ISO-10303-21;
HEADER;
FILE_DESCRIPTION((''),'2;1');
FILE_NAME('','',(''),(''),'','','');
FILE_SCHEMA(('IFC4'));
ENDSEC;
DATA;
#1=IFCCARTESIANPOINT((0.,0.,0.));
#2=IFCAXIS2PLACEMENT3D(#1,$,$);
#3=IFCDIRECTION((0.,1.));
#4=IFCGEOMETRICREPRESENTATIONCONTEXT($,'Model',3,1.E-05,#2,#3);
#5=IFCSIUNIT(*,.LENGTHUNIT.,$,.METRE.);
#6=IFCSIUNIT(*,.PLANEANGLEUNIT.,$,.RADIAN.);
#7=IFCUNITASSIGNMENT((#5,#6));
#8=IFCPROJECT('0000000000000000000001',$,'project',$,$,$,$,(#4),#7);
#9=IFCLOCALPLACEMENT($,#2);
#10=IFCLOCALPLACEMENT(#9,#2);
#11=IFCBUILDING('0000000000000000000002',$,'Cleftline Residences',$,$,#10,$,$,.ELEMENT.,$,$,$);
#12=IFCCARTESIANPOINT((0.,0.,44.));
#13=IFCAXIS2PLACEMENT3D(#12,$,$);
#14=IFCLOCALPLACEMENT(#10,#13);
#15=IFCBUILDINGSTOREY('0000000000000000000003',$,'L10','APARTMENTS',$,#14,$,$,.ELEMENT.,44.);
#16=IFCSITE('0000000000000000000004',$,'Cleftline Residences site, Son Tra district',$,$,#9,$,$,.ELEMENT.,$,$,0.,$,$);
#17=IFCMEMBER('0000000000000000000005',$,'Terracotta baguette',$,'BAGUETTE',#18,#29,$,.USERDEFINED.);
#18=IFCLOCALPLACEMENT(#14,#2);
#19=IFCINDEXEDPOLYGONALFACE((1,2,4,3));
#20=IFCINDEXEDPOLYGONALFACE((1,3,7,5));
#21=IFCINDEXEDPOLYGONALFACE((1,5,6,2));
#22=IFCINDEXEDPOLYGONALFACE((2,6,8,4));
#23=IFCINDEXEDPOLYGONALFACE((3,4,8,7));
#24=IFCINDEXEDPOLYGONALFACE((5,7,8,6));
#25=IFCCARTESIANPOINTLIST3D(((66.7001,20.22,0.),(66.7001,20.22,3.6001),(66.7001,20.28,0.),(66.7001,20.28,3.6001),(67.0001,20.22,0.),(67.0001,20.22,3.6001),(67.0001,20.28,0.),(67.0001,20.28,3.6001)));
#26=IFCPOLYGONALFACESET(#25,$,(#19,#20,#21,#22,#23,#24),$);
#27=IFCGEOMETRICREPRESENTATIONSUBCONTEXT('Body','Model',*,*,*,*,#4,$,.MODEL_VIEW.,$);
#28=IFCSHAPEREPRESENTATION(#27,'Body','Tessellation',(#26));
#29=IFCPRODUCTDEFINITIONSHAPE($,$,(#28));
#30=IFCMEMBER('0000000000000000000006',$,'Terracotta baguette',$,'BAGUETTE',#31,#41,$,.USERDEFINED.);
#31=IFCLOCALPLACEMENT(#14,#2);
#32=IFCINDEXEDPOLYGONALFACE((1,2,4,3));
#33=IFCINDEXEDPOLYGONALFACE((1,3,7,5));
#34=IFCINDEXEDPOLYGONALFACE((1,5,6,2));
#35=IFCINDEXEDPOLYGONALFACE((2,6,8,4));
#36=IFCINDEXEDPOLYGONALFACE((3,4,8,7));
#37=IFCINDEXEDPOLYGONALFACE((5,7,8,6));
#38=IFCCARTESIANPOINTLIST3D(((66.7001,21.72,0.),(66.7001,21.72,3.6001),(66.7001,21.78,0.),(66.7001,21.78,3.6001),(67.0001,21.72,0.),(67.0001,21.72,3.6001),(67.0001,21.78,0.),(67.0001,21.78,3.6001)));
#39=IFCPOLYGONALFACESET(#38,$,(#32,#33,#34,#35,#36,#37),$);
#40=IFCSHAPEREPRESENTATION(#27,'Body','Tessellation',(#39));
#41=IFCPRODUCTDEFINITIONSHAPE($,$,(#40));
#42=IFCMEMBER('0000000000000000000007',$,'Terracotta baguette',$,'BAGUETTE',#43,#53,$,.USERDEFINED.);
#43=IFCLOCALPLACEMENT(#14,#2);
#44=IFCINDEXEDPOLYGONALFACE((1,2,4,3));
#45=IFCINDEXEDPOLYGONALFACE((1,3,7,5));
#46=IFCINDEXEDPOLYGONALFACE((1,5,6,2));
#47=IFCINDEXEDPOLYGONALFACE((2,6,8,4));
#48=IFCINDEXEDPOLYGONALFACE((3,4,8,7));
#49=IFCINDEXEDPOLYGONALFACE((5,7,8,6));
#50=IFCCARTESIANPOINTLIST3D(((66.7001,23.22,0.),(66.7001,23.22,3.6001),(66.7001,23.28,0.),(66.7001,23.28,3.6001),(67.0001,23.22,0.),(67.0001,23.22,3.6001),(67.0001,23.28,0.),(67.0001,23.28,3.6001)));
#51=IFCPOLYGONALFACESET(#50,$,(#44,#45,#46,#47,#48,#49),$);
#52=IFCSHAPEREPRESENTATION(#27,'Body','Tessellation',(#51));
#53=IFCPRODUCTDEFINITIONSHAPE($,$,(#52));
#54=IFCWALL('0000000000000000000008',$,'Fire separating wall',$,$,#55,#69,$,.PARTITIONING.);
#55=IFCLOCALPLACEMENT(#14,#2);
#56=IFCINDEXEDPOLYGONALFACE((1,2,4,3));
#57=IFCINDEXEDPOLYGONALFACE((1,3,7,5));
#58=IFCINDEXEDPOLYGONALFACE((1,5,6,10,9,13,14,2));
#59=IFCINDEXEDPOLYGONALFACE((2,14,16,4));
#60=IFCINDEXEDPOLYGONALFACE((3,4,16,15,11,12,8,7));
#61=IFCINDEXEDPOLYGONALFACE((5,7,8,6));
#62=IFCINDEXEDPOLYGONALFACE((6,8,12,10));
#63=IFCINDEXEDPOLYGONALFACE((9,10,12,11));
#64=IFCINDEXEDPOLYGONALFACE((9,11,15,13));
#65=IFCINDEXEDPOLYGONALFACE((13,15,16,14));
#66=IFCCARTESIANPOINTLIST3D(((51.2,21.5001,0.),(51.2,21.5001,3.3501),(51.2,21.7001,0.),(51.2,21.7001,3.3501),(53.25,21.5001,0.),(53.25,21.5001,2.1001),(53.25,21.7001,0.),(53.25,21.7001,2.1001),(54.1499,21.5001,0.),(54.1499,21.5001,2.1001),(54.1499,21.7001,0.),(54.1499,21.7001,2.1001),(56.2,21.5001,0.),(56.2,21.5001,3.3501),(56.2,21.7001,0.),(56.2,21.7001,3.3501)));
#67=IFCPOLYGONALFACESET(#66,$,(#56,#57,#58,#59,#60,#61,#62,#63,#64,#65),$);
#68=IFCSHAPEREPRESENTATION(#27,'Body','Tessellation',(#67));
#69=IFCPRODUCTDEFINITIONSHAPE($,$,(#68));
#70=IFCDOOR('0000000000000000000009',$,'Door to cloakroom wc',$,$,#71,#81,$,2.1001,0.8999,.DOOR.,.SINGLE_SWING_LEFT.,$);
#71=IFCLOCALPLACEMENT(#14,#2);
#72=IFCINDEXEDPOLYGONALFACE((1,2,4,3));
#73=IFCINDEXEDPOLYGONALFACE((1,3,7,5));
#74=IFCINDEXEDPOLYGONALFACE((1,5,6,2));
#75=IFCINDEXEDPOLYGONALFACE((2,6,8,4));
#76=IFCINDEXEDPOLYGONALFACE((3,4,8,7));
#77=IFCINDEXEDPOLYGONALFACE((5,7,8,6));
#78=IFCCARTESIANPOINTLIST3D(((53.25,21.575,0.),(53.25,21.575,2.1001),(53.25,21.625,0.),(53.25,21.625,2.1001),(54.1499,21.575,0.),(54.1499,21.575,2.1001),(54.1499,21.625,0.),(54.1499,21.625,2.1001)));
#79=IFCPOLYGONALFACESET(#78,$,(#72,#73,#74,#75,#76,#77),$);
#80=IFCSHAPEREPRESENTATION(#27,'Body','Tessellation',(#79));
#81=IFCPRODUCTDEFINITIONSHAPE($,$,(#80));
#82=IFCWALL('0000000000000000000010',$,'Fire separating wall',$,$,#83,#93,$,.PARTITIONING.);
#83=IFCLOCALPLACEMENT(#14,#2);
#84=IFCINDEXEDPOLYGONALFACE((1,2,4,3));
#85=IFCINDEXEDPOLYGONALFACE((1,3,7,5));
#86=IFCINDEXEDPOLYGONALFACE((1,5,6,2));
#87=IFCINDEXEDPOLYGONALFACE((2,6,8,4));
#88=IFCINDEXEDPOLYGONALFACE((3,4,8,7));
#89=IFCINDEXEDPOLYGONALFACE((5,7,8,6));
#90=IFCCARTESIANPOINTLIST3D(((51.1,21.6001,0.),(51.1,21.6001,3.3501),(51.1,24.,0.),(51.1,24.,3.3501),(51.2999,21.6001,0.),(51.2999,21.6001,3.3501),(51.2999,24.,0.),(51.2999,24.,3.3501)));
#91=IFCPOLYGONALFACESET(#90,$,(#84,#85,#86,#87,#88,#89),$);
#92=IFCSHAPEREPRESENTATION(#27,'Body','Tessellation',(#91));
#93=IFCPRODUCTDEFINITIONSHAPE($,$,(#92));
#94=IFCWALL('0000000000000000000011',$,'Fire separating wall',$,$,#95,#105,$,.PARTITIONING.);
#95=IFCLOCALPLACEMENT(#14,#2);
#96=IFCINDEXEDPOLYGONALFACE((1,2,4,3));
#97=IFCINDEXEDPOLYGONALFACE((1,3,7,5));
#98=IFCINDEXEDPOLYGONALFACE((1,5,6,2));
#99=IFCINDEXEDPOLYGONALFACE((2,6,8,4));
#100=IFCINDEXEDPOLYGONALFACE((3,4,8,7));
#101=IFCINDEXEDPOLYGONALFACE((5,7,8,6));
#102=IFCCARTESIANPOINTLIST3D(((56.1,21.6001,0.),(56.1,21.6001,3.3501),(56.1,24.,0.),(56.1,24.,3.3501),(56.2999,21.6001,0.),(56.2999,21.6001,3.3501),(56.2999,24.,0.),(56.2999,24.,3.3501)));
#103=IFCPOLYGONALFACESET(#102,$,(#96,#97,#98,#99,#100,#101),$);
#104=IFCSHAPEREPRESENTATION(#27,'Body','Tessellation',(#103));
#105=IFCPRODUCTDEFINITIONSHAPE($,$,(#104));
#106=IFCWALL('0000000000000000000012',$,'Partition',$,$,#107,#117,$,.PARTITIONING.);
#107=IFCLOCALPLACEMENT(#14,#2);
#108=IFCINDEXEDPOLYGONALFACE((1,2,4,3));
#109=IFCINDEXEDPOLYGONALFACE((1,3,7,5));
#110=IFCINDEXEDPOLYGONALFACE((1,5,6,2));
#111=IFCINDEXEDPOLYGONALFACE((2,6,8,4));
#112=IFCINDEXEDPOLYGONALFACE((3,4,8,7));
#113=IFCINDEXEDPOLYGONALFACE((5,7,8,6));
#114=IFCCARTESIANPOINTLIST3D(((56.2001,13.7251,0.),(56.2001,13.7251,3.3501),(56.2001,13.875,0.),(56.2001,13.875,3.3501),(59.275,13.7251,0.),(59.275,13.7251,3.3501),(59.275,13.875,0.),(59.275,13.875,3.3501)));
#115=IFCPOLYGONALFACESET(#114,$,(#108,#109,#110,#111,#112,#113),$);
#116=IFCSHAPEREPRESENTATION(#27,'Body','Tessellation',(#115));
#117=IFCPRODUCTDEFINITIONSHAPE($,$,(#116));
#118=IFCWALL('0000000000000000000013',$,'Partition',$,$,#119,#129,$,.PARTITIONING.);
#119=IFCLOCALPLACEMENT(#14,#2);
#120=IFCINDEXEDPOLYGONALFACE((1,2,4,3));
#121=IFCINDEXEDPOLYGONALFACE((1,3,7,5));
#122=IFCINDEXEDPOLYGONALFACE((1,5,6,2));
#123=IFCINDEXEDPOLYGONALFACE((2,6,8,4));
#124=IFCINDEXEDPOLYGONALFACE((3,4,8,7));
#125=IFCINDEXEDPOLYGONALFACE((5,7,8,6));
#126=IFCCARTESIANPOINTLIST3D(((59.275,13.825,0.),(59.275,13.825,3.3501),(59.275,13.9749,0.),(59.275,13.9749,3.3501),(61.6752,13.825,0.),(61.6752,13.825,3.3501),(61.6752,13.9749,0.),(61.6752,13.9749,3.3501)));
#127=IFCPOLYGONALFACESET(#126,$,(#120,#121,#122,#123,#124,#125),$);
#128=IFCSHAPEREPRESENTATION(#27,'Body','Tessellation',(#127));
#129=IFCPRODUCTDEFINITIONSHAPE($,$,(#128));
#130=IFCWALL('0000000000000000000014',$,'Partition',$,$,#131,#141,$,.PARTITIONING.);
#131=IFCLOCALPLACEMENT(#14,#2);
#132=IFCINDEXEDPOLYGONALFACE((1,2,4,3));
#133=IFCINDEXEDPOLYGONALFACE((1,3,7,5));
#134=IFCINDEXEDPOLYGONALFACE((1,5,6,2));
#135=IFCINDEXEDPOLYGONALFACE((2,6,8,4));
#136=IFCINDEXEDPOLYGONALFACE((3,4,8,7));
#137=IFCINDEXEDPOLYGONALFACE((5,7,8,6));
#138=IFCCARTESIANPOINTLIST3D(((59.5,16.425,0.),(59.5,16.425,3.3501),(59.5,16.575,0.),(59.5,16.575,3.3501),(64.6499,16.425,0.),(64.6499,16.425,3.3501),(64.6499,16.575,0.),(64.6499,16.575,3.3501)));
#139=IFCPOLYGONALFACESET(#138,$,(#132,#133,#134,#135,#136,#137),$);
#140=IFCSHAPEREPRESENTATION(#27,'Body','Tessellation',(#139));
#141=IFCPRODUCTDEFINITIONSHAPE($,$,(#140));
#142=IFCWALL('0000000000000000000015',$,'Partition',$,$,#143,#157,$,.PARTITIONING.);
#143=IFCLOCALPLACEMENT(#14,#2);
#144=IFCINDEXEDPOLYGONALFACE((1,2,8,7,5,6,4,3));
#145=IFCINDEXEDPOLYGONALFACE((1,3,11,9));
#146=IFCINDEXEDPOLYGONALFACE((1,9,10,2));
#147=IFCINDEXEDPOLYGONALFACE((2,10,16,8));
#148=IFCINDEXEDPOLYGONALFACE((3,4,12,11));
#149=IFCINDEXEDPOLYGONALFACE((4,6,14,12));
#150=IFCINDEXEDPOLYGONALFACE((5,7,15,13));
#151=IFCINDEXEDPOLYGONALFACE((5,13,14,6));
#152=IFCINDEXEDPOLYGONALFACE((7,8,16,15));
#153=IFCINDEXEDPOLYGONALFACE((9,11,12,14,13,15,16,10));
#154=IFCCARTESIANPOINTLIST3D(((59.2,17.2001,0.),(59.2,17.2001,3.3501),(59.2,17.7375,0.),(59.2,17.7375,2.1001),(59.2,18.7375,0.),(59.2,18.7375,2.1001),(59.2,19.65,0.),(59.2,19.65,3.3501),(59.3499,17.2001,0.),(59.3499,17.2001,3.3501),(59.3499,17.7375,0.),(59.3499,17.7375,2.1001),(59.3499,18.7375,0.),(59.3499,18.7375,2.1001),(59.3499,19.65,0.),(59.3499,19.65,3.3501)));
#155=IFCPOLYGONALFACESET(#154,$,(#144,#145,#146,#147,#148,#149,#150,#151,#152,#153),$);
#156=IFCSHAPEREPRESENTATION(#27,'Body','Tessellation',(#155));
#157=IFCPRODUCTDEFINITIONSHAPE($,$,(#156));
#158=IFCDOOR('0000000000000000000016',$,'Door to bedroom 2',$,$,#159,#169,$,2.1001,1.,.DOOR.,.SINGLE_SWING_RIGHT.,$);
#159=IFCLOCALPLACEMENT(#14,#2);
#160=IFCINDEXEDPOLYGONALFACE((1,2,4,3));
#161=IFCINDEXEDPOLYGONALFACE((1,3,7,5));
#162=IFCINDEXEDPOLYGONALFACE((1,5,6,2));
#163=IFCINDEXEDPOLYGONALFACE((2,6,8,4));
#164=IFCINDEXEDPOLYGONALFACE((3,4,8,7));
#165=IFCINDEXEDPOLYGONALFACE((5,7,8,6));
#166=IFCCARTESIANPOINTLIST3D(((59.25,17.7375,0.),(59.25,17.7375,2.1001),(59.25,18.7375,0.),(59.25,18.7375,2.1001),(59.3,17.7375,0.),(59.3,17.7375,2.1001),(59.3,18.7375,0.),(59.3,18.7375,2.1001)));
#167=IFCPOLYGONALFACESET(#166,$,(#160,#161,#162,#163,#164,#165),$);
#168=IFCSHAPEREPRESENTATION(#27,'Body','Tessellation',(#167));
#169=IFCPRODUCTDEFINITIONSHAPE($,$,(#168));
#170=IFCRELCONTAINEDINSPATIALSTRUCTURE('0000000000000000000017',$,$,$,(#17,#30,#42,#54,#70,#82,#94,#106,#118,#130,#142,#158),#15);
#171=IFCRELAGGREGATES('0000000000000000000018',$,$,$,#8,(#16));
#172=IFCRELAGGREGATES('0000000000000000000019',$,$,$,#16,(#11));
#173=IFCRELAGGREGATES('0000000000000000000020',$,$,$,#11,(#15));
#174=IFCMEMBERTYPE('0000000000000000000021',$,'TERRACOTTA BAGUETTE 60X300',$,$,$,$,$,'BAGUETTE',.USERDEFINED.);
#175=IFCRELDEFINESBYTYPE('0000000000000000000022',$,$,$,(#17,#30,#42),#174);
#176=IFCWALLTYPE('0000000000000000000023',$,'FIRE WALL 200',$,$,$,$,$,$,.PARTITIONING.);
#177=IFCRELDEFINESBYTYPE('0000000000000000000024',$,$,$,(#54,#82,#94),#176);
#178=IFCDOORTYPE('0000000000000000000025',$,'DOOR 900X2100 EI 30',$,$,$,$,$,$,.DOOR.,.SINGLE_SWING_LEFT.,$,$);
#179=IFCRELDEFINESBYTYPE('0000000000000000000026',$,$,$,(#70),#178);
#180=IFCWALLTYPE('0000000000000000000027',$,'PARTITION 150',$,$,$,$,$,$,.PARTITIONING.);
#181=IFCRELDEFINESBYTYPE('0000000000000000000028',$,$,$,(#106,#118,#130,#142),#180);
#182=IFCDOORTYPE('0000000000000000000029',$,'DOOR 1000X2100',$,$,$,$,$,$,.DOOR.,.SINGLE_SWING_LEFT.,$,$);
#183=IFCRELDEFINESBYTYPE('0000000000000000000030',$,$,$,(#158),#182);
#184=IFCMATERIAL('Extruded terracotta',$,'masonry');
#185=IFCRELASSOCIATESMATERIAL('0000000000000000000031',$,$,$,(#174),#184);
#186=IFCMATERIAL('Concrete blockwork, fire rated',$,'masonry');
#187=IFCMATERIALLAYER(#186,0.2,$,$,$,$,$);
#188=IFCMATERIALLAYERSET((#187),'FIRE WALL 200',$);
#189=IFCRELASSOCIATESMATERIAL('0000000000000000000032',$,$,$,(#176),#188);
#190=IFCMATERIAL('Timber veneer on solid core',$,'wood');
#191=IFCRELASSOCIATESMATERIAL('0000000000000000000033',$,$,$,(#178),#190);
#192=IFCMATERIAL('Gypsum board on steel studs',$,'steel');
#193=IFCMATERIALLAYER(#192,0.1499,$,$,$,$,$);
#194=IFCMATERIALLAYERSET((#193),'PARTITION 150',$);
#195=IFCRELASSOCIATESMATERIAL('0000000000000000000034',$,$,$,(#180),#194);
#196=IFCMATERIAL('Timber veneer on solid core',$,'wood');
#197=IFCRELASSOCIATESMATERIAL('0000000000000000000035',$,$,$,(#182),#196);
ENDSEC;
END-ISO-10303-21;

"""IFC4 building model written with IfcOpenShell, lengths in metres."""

from ifc_helpers import new_model, si_unit, direction, frame, frame_2d, origin, origin_2d, place, context, subcontext, project, spatial, rectangle, extrude, material, layer, layer_set, material_profile, profile_set, type_object, element, fill, save


model = new_model("IFC4")

# Units and contexts
model_context = context("Model", 3, precision=1e-05, world=origin(), true_north=direction((0.0, 1.0)))
body_context = subcontext(model_context, "Body", "Model", "MODEL_VIEW")
ifc_project = project(units=[si_unit("LENGTHUNIT", "METRE"), si_unit("PLANEANGLEUNIT", "RADIAN")], contexts=[model_context])

# Site, building, storey
site_placement = place(None, origin())
site = spatial("IfcSite", under=ifc_project, at=site_placement, Name="Cleftline Residences site, Son Tra district", CompositionType="ELEMENT", RefElevation=0.0)
building_placement = place(site_placement, origin())
building = spatial("IfcBuilding", under=site, at=building_placement, Name="Cleftline Residences", CompositionType="ELEMENT")
storey_placement = place(building_placement, frame((0.0, 0.0, 44.0)))
storey = spatial("IfcBuildingStorey", under=building, at=storey_placement, Name="L10", Description="APARTMENTS", CompositionType="ELEMENT", Elevation=44.0)

# Members
ifc_material_1 = material(Name="Extruded terracotta", Category="masonry")
ifc_material_profile_1 = material_profile(ifc_material_1, rectangle(XDim=0.0601, YDim=0.3, at=origin_2d()))
ifc_profile_set_1 = profile_set([ifc_material_profile_1], Name="Extruded terracotta")
member_type_1 = type_object("IfcMemberType", Name="TERRACOTTA BAGUETTE 60X300", ElementType="BAGUETTE", PredefinedType="USERDEFINED", material=ifc_profile_set_1)
for number, where, z_axis, x_axis, name in (
    (1, (66.8501, 20.25, 0.0), (0.0, 0.0, 1.0), (0.0, 1.0, 0.0), "Terracotta baguette"),
    (2, (66.8501, 21.75, 0.0), (0.0, 0.0, 1.0), (0.0, 1.0, 0.0), "Terracotta baguette"),
    (3, (66.8501, 23.25, 0.0), (0.0, 0.0, 1.0), (0.0, 1.0, 0.0), "Terracotta baguette"),
):
    element("IfcMember", number, at=place(storey_placement, frame(where, z_axis=z_axis, x_axis=x_axis)), inside=storey, type_object=member_type_1, Name=name, ObjectType="BAGUETTE", PredefinedType="USERDEFINED", context=body_context, shape_type="SweptSolid", body=[
        extrude(rectangle(XDim=0.0601, YDim=0.3, at=origin_2d()), origin(), (0.0, 0.0, 1.0), 3.6001),
    ])

# Wall, opening, door
ifc_material_2 = material(Name="Concrete blockwork, fire rated", Category="masonry")
ifc_layer_1 = layer(ifc_material_2, 0.2)
ifc_layer_set_1 = layer_set([ifc_layer_1], Name="FIRE WALL 200")
wall_type_1 = type_object("IfcWallType", Name="FIRE WALL 200", PredefinedType="PARTITIONING", material=ifc_layer_set_1)
wall_1_placement = place(storey_placement, frame((51.2, 21.6001, 0.0), z_axis=(0.0, 0.0, 1.0), x_axis=(1.0, 0.0, 0.0)))
wall_1 = element("IfcWall", 4, at=wall_1_placement, inside=storey, type_object=wall_type_1, Name="Fire separating wall", PredefinedType="PARTITIONING", context=body_context, shape_type="SweptSolid", body=[
    extrude(rectangle(XDim=5.0, YDim=0.2, at=frame_2d((2.5, 0.0))), origin(), (0.0, 0.0, 1.0), 3.3501),
])
opening_1_placement = place(wall_1_placement, frame((2.05, 0.0, 0.0)))
opening_1 = element("IfcOpeningElement", 5, at=opening_1_placement, cuts=wall_1, PredefinedType="OPENING", context=body_context, shape_type="SweptSolid", body=[
    extrude(rectangle(XDim=0.8999, YDim=2.1001, at=frame_2d((0.45, 1.05))), frame((0.0, 0.1099, 0.0), z_axis=(0.0, -1.0, 0.0), x_axis=(1.0, 0.0, 0.0)), (0.0, 0.0, 1.0), 0.22),
])
ifc_material_3 = material(Name="Timber veneer on solid core", Category="wood")
door_type_1 = type_object("IfcDoorType", Name="DOOR 900X2100 EI 30", OperationType="SINGLE_SWING_LEFT", PredefinedType="DOOR", material=ifc_material_3)
door_1_placement = place(opening_1_placement, origin())
door_1 = element("IfcDoor", 6, at=door_1_placement, inside=storey, type_object=door_type_1, Name="Door to cloakroom wc", OperationType="SINGLE_SWING_LEFT", OverallHeight=2.1001, OverallWidth=0.8999, PredefinedType="DOOR", context=body_context, shape_type="SweptSolid", body=[
    extrude(rectangle(XDim=0.8999, YDim=2.1001, at=frame_2d((0.45, 1.05))), frame((0.0, 0.0249, 0.0), z_axis=(0.0, -1.0, 0.0), x_axis=(1.0, 0.0, 0.0)), (0.0, 0.0, 1.0), 0.05),
])
fill(opening_1, door_1)

# Walls
for number, where, z_axis, x_axis, name in (
    (7, (51.2, 21.6001, 0.0), (0.0, 0.0, 1.0), (0.0, 1.0, 0.0), "Fire separating wall"),
    (8, (56.2, 21.6001, 0.0), (0.0, 0.0, 1.0), (0.0, 1.0, 0.0), "Fire separating wall"),
):
    element("IfcWall", number, at=place(storey_placement, frame(where, z_axis=z_axis, x_axis=x_axis)), inside=storey, type_object=wall_type_1, Name=name, PredefinedType="PARTITIONING", context=body_context, shape_type="SweptSolid", body=[
        extrude(rectangle(XDim=2.3999, YDim=0.2, at=frame_2d((1.2, 0.0))), origin(), (0.0, 0.0, 1.0), 3.3501),
    ])
ifc_material_4 = material(Name="Gypsum board on steel studs", Category="steel")
ifc_layer_2 = layer(ifc_material_4, 0.1499)
ifc_layer_set_2 = layer_set([ifc_layer_2], Name="PARTITION 150")
wall_type_2 = type_object("IfcWallType", Name="PARTITION 150", PredefinedType="PARTITIONING", material=ifc_layer_set_2)
wall_2_placement = place(storey_placement, frame((56.2, 13.8, 0.0), z_axis=(0.0, 0.0, 1.0), x_axis=(1.0, 0.0, 0.0)))
element("IfcWall", 9, at=wall_2_placement, inside=storey, type_object=wall_type_2, Name="Partition", PredefinedType="PARTITIONING", context=body_context, shape_type="SweptSolid", body=[
    extrude(rectangle(XDim=3.075, YDim=0.1499, at=frame_2d((1.5376, 0.0))), origin(), (0.0, 0.0, 1.0), 3.3501),
])
wall_3_placement = place(storey_placement, frame((59.2749, 13.8999, 0.0), z_axis=(0.0, 0.0, 1.0), x_axis=(1.0, 0.0, 0.0)))
element("IfcWall", 10, at=wall_3_placement, inside=storey, type_object=wall_type_2, Name="Partition", PredefinedType="PARTITIONING", context=body_context, shape_type="SweptSolid", body=[
    extrude(rectangle(XDim=2.4001, YDim=0.1499, at=frame_2d((1.2002, 0.0))), origin(), (0.0, 0.0, 1.0), 3.3501),
])
wall_4_placement = place(storey_placement, frame((59.5, 16.5, 0.0), z_axis=(0.0, 0.0, 1.0), x_axis=(1.0, 0.0, 0.0)))
element("IfcWall", 11, at=wall_4_placement, inside=storey, type_object=wall_type_2, Name="Partition", PredefinedType="PARTITIONING", context=body_context, shape_type="SweptSolid", body=[
    extrude(rectangle(XDim=5.1499, YDim=0.1499, at=frame_2d((2.575, 0.0))), origin(), (0.0, 0.0, 1.0), 3.3501),
])

# Wall, opening, door
wall_5_placement = place(storey_placement, frame((59.2749, 17.2, 0.0), z_axis=(0.0, 0.0, 1.0), x_axis=(0.0, 1.0, 0.0)))
wall_5 = element("IfcWall", 12, at=wall_5_placement, inside=storey, type_object=wall_type_2, Name="Partition", PredefinedType="PARTITIONING", context=body_context, shape_type="SweptSolid", body=[
    extrude(rectangle(XDim=2.45, YDim=0.1499, at=frame_2d((1.2251, 0.0))), origin(), (0.0, 0.0, 1.0), 3.3501),
])
opening_2_placement = place(wall_5_placement, frame((0.5376, 0.0, 0.0)))
opening_2 = element("IfcOpeningElement", 13, at=opening_2_placement, cuts=wall_5, PredefinedType="OPENING", context=body_context, shape_type="SweptSolid", body=[
    extrude(rectangle(XDim=1.0, YDim=2.1001, at=frame_2d((0.5, 1.05))), frame((0.0, 0.085, 0.0), z_axis=(0.0, -1.0, 0.0), x_axis=(1.0, 0.0, 0.0)), (0.0, 0.0, 1.0), 0.1699),
])
ifc_material_5 = material(Name="Timber veneer on solid core", Category="wood")
door_type_2 = type_object("IfcDoorType", Name="DOOR 1000X2100", OperationType="SINGLE_SWING_LEFT", PredefinedType="DOOR", material=ifc_material_5)
door_2_placement = place(opening_2_placement, origin())
door_2 = element("IfcDoor", 14, at=door_2_placement, inside=storey, type_object=door_type_2, Name="Door to bedroom 2", OperationType="SINGLE_SWING_RIGHT", OverallHeight=2.1001, OverallWidth=1.0, PredefinedType="DOOR", context=body_context, shape_type="SweptSolid", body=[
    extrude(rectangle(XDim=1.0, YDim=2.1001, at=frame_2d((0.5, 1.05))), frame((0.0, 0.0249, 0.0), z_axis=(0.0, -1.0, 0.0), x_axis=(1.0, 0.0, 0.0)), (0.0, 0.0, 1.0), 0.05),
])
fill(opening_2, door_2)

save(model, "model.ifc")
